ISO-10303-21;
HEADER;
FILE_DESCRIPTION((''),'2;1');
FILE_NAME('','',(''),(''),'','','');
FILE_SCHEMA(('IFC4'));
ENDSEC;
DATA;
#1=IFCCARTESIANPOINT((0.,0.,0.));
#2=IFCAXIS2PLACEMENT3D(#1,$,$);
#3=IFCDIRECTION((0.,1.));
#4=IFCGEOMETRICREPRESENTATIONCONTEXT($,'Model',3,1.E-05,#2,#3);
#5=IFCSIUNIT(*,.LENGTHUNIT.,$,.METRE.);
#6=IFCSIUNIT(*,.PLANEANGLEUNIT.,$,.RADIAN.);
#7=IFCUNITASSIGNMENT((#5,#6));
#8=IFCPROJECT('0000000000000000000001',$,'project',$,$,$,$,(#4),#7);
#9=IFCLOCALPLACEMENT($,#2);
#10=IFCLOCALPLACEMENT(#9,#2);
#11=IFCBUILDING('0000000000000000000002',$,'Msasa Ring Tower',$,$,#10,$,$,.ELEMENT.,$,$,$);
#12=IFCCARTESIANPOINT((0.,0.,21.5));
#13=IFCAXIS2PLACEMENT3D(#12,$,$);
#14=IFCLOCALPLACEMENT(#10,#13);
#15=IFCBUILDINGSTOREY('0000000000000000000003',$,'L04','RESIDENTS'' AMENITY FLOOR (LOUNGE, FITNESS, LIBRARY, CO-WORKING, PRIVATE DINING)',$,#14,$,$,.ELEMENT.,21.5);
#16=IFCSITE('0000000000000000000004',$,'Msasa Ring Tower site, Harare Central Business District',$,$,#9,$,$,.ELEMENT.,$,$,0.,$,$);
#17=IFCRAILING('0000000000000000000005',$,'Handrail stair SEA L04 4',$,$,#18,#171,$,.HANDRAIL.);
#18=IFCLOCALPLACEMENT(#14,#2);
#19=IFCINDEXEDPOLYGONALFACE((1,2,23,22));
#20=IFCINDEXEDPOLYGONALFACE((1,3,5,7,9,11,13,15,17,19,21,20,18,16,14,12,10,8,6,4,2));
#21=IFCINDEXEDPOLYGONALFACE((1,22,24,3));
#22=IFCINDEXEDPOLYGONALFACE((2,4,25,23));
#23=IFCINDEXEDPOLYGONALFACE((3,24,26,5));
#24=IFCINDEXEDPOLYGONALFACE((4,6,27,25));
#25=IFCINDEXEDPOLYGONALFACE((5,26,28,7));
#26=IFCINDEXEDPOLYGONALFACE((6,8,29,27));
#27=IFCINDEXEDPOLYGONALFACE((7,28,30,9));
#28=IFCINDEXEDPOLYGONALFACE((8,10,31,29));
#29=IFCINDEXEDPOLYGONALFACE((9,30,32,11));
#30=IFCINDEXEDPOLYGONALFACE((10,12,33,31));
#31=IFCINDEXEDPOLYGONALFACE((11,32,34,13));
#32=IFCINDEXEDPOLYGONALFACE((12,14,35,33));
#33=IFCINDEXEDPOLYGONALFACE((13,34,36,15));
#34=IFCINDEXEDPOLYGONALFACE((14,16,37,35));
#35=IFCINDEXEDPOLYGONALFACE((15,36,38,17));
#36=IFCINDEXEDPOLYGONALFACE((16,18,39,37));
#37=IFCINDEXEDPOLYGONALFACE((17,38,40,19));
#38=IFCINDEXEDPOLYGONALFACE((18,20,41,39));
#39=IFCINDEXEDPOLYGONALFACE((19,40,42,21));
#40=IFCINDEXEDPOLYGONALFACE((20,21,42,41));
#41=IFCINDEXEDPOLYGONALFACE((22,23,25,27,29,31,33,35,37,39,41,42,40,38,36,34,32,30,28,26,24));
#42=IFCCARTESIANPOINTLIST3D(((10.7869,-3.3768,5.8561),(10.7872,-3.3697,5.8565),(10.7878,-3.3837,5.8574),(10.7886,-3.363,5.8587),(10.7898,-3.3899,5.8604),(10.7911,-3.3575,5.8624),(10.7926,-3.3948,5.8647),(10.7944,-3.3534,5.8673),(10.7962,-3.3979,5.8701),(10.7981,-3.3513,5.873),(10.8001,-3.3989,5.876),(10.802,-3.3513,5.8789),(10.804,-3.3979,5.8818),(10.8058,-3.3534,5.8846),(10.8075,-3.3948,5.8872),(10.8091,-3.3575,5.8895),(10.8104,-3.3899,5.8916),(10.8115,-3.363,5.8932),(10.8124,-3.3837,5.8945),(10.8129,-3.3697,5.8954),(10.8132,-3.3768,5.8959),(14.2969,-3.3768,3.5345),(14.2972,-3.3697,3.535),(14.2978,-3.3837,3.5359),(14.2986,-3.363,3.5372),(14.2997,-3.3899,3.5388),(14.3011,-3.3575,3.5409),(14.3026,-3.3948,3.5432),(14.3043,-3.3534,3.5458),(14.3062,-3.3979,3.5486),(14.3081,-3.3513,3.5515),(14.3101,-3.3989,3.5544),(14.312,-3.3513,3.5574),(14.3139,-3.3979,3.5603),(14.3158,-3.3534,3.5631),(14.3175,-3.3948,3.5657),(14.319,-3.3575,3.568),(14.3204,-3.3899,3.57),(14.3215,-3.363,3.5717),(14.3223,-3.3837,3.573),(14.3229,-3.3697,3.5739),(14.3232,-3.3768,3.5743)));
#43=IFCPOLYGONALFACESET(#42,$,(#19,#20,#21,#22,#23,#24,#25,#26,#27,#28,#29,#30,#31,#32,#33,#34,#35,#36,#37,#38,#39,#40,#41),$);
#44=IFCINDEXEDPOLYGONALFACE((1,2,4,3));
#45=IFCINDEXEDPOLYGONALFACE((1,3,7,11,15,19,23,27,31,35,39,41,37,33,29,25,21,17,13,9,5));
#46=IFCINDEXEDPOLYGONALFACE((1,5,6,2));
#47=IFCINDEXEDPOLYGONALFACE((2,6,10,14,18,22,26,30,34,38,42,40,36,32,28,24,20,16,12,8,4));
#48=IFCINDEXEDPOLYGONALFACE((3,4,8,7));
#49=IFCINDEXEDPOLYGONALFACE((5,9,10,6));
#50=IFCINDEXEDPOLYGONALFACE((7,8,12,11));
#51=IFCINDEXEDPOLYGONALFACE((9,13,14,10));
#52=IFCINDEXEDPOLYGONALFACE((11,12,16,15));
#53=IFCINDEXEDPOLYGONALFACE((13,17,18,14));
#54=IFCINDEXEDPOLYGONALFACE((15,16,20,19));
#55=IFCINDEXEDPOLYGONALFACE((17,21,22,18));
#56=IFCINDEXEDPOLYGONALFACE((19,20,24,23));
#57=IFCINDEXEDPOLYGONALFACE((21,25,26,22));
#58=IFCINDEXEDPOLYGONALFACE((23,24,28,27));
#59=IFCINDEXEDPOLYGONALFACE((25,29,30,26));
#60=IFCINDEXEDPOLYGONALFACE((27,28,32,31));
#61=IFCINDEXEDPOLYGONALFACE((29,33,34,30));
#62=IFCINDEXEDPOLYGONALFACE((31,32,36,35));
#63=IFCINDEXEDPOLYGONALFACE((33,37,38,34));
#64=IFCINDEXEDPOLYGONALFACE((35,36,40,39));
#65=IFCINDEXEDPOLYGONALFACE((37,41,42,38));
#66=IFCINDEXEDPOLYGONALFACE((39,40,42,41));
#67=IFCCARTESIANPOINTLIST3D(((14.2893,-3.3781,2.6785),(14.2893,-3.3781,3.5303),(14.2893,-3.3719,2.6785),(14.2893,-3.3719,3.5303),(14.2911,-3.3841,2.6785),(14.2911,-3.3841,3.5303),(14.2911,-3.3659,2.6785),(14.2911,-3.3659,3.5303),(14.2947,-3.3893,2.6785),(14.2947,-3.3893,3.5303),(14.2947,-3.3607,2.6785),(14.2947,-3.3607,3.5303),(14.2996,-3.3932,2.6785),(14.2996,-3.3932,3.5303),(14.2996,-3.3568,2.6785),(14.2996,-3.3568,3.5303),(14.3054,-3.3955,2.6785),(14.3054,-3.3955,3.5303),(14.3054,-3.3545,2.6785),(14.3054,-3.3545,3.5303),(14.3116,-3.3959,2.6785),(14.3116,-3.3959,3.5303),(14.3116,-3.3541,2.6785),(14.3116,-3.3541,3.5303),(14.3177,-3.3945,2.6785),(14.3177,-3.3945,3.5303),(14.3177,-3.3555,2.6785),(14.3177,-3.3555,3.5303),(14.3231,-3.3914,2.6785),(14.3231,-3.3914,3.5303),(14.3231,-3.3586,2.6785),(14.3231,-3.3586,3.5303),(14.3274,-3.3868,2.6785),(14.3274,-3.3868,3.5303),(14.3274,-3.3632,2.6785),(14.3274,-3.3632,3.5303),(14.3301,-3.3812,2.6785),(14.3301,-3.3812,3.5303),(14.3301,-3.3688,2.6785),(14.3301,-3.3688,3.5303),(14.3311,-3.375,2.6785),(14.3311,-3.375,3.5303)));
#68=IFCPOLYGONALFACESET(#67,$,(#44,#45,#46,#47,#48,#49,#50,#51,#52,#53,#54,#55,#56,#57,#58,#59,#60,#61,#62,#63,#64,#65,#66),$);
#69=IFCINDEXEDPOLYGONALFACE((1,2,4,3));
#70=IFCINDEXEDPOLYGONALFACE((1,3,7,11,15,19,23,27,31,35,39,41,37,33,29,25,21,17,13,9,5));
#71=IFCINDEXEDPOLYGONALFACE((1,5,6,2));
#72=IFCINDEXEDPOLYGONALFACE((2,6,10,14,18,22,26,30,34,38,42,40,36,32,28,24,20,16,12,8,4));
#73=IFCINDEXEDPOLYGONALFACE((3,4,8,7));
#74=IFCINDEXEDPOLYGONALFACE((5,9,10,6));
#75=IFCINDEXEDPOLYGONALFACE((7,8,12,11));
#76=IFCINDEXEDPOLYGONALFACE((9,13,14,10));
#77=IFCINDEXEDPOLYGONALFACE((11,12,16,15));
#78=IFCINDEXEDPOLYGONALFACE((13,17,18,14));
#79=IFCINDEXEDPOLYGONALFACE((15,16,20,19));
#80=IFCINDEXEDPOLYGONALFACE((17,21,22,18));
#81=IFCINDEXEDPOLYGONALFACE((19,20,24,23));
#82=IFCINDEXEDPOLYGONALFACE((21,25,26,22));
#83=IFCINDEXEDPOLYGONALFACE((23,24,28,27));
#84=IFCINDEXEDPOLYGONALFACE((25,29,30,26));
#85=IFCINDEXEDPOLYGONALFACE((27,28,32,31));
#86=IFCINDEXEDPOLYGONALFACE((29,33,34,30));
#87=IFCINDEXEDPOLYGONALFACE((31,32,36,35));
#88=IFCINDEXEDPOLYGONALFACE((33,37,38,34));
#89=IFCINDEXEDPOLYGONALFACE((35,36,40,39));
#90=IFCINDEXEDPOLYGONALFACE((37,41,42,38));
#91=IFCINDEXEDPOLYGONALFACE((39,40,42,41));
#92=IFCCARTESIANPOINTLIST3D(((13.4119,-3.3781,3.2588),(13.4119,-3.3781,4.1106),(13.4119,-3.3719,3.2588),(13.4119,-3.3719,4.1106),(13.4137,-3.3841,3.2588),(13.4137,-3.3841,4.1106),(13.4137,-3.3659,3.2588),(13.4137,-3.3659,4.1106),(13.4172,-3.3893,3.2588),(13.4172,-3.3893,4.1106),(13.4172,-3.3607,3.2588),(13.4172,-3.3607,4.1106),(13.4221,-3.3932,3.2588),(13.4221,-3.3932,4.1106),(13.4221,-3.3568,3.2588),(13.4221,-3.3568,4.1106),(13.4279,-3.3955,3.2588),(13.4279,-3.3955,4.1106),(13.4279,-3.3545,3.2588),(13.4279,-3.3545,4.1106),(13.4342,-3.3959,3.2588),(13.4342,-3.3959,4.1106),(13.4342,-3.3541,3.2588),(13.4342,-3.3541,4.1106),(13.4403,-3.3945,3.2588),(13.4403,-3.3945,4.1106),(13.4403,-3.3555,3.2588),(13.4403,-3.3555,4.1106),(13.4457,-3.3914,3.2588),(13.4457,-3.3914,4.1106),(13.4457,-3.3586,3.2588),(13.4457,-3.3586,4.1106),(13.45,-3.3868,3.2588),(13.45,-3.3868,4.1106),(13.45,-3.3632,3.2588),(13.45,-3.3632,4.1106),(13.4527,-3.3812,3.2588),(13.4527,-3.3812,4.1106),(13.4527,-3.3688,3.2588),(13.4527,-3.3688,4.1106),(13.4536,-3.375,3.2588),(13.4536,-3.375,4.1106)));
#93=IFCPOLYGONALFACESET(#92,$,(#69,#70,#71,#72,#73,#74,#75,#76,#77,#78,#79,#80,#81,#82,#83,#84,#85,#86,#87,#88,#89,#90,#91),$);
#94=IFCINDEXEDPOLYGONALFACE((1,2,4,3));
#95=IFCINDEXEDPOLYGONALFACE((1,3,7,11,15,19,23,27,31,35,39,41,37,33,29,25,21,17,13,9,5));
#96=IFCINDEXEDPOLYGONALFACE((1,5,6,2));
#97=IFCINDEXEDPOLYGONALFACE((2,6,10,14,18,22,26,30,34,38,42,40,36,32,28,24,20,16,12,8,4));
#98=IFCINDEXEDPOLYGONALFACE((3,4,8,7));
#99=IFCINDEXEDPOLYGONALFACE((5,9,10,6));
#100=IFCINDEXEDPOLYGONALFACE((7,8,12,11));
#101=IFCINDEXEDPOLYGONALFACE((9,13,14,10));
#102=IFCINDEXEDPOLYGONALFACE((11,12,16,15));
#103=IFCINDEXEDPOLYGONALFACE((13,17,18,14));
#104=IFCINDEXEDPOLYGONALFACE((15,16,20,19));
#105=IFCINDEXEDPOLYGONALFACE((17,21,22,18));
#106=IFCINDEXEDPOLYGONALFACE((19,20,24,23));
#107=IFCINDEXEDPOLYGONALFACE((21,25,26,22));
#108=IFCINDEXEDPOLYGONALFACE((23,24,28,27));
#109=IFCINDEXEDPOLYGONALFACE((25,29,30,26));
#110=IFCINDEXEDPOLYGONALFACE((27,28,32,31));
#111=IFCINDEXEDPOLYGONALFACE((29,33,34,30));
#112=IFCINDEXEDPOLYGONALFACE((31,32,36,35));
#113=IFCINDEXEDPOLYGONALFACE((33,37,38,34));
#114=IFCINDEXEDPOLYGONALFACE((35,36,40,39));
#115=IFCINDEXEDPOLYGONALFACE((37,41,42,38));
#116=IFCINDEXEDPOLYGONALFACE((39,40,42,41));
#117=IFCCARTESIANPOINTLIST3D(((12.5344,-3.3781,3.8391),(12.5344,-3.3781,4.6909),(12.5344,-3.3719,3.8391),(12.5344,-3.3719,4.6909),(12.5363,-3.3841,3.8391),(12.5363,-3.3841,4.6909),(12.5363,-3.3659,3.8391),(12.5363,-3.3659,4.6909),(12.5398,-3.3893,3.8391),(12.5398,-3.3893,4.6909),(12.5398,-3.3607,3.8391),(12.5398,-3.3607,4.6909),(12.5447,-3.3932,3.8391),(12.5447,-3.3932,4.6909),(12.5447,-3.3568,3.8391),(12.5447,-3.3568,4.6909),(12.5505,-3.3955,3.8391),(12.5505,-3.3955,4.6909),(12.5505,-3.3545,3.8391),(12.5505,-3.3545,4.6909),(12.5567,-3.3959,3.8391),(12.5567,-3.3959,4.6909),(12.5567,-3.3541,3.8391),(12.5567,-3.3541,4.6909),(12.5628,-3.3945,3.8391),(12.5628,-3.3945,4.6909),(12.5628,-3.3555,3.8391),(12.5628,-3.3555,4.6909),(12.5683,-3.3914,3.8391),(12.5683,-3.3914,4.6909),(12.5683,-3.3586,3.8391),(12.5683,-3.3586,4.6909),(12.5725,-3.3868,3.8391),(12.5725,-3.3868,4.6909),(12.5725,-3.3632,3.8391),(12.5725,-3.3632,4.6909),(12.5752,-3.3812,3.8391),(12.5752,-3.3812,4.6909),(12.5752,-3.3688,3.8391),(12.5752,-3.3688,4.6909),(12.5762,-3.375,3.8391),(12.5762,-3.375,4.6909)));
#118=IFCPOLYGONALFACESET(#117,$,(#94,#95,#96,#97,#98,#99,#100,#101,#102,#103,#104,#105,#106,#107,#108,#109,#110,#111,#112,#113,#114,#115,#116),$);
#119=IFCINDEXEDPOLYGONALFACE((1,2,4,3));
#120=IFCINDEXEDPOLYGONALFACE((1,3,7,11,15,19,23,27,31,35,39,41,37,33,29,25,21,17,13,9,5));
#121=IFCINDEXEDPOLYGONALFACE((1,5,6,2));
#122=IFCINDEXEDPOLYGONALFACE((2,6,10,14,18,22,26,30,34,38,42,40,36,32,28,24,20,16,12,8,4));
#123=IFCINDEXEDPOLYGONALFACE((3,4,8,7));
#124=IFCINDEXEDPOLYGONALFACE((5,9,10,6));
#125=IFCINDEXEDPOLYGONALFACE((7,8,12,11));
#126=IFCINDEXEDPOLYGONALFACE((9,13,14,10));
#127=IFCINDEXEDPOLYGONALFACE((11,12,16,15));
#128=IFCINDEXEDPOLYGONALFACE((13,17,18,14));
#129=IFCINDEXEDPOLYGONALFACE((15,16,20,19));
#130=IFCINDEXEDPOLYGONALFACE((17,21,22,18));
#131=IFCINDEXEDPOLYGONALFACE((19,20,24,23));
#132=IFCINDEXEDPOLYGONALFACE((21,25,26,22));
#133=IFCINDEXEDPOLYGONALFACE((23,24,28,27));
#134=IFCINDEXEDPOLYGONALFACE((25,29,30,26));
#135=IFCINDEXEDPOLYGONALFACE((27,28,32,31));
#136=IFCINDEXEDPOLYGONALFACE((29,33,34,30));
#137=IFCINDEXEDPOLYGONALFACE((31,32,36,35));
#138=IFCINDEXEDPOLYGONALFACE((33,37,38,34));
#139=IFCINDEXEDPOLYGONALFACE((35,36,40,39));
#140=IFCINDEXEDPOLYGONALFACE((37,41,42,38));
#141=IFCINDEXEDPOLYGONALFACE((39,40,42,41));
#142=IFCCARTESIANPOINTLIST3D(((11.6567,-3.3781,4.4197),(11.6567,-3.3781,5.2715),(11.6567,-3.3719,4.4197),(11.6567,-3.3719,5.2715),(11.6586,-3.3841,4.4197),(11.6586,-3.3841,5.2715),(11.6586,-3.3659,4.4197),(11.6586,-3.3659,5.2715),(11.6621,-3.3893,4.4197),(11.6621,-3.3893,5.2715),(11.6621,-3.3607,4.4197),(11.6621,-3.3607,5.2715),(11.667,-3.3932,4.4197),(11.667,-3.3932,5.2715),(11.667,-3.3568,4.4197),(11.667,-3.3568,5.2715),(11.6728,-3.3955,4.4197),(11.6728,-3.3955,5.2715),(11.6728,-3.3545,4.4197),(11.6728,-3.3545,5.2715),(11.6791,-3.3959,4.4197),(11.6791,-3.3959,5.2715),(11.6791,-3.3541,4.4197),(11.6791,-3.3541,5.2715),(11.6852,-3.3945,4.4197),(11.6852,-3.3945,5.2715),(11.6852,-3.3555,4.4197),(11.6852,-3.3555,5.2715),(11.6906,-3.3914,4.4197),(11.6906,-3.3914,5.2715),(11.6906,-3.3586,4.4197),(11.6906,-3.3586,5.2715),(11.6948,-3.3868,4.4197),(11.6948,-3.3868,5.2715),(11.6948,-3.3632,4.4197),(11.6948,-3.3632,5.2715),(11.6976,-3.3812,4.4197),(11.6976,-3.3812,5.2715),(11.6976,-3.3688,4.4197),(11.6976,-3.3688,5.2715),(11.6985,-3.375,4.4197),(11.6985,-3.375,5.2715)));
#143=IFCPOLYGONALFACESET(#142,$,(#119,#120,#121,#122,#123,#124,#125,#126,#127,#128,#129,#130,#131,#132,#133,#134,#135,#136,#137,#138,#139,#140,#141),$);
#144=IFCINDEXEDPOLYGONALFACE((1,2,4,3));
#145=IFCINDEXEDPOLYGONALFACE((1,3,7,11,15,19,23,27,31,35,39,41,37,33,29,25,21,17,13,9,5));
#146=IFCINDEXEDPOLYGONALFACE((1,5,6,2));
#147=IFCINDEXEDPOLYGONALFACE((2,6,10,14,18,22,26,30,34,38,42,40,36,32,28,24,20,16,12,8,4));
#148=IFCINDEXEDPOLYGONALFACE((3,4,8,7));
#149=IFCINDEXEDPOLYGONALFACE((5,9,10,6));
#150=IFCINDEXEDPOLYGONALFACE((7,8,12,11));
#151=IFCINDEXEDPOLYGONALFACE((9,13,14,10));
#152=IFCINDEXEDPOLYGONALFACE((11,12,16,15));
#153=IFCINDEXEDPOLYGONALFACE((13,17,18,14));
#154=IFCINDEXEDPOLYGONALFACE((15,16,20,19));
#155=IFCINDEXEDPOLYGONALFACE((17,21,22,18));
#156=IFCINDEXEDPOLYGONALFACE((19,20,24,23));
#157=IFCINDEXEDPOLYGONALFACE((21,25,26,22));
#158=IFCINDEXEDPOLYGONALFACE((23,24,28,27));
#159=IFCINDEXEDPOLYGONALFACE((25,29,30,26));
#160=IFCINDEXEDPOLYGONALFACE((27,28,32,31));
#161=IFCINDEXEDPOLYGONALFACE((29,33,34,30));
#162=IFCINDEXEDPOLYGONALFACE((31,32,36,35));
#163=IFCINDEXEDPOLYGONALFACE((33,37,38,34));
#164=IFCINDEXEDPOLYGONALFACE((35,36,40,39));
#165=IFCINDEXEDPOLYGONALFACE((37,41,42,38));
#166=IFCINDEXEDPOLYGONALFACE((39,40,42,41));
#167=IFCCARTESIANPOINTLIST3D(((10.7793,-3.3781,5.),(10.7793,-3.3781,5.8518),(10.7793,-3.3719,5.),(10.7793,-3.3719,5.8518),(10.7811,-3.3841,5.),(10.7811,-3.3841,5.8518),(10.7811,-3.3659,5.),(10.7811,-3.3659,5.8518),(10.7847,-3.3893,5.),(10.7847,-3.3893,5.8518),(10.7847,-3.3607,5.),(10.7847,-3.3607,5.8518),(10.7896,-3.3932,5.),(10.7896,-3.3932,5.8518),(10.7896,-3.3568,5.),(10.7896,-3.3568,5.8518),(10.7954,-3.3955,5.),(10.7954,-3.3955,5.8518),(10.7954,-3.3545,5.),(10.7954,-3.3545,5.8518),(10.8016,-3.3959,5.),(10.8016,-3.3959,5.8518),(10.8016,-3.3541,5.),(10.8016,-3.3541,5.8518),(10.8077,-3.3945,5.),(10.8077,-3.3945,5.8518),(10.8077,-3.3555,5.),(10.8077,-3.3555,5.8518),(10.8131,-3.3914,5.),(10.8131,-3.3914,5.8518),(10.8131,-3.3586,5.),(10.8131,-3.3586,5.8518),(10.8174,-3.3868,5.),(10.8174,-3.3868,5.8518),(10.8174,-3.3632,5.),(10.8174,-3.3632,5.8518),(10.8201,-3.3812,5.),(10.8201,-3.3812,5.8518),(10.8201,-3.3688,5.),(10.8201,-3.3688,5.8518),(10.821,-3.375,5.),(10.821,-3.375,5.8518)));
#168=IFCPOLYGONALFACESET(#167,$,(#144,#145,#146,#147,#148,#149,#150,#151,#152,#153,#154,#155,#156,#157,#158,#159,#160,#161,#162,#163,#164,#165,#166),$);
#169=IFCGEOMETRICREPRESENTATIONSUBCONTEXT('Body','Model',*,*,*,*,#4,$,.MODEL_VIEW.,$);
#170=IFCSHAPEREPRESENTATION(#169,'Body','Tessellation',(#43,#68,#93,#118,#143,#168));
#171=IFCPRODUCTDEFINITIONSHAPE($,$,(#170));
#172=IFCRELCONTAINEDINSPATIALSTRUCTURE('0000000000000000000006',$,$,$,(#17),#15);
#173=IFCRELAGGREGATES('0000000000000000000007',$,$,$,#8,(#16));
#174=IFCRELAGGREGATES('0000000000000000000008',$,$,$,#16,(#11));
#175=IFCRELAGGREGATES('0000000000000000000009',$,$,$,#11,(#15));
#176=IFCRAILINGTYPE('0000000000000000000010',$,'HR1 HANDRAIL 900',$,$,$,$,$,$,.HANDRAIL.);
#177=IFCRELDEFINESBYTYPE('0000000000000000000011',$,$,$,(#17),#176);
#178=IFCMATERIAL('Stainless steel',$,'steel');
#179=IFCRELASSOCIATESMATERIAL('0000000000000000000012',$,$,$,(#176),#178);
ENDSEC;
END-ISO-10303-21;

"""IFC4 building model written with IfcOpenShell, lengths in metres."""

from ifc_helpers import new_model, si_unit, direction, frame, origin, origin_2d, place, context, subcontext, project, spatial, circle, extrude, material, type_object, element, save


model = new_model("IFC4")

# Units and contexts
model_context = context("Model", 3, precision=1e-05, world=origin(), true_north=direction((0.0, 1.0)))
body_context = subcontext(model_context, "Body", "Model", "MODEL_VIEW")
ifc_project = project(units=[si_unit("LENGTHUNIT", "METRE"), si_unit("PLANEANGLEUNIT", "RADIAN")], contexts=[model_context])

# Site, building, storey
site_placement = place(None, origin())
site = spatial("IfcSite", under=ifc_project, at=site_placement, Name="Msasa Ring Tower site, Harare Central Business District", CompositionType="ELEMENT", RefElevation=0.0)
building_placement = place(site_placement, origin())
building = spatial("IfcBuilding", under=site, at=building_placement, Name="Msasa Ring Tower", CompositionType="ELEMENT")
storey_placement = place(building_placement, frame((0.0, 0.0, 21.5)))
storey = spatial("IfcBuildingStorey", under=building, at=storey_placement, Name="L04", Description="RESIDENTS' AMENITY FLOOR (LOUNGE, FITNESS, LIBRARY, CO-WORKING, PRIVATE DINING)", CompositionType="ELEMENT", Elevation=21.5)

# Railing
ifc_material_1 = material(Name="Stainless steel", Category="steel")
railing_type = type_object("IfcRailingType", Name="HR1 HANDRAIL 900", PredefinedType="HANDRAIL", material=ifc_material_1)
for number, where, name in (
    (1, (14.3101, -3.375, 2.6785), "Handrail stair SEA L04 4"),
):
    element("IfcRailing", number, at=place(storey_placement, frame(where)), inside=storey, type_object=railing_type, Name=name, PredefinedType="HANDRAIL", context=body_context, shape_type="SweptSolid", body=[
        extrude(circle(Radius=0.0239, at=origin_2d()), frame((0.0, 0.0, 0.876), z_axis=(-0.834071, 0.0, 0.551657), x_axis=(0.0, -1.0, 0.0)), (0.0, 0.0, 1.0), 4.2083),
        extrude(circle(Radius=0.021, at=origin_2d()), origin(), (0.0, 0.0, 1.0), 0.8518),
        extrude(circle(Radius=0.021, at=origin_2d()), frame((-0.8774, 0.0, 0.5803)), (0.0, 0.0, 1.0), 0.8518),
        extrude(circle(Radius=0.021, at=origin_2d()), frame((-1.7549, 0.0, 1.1606)), (0.0, 0.0, 1.0), 0.8518),
        extrude(circle(Radius=0.021, at=origin_2d()), frame((-2.6326, 0.0, 1.7412)), (0.0, 0.0, 1.0), 0.8518),
        extrude(circle(Radius=0.021, at=origin_2d()), frame((-3.51, 0.0, 2.3215)), (0.0, 0.0, 1.0), 0.8518),
    ])

save(model, "model.ifc")
